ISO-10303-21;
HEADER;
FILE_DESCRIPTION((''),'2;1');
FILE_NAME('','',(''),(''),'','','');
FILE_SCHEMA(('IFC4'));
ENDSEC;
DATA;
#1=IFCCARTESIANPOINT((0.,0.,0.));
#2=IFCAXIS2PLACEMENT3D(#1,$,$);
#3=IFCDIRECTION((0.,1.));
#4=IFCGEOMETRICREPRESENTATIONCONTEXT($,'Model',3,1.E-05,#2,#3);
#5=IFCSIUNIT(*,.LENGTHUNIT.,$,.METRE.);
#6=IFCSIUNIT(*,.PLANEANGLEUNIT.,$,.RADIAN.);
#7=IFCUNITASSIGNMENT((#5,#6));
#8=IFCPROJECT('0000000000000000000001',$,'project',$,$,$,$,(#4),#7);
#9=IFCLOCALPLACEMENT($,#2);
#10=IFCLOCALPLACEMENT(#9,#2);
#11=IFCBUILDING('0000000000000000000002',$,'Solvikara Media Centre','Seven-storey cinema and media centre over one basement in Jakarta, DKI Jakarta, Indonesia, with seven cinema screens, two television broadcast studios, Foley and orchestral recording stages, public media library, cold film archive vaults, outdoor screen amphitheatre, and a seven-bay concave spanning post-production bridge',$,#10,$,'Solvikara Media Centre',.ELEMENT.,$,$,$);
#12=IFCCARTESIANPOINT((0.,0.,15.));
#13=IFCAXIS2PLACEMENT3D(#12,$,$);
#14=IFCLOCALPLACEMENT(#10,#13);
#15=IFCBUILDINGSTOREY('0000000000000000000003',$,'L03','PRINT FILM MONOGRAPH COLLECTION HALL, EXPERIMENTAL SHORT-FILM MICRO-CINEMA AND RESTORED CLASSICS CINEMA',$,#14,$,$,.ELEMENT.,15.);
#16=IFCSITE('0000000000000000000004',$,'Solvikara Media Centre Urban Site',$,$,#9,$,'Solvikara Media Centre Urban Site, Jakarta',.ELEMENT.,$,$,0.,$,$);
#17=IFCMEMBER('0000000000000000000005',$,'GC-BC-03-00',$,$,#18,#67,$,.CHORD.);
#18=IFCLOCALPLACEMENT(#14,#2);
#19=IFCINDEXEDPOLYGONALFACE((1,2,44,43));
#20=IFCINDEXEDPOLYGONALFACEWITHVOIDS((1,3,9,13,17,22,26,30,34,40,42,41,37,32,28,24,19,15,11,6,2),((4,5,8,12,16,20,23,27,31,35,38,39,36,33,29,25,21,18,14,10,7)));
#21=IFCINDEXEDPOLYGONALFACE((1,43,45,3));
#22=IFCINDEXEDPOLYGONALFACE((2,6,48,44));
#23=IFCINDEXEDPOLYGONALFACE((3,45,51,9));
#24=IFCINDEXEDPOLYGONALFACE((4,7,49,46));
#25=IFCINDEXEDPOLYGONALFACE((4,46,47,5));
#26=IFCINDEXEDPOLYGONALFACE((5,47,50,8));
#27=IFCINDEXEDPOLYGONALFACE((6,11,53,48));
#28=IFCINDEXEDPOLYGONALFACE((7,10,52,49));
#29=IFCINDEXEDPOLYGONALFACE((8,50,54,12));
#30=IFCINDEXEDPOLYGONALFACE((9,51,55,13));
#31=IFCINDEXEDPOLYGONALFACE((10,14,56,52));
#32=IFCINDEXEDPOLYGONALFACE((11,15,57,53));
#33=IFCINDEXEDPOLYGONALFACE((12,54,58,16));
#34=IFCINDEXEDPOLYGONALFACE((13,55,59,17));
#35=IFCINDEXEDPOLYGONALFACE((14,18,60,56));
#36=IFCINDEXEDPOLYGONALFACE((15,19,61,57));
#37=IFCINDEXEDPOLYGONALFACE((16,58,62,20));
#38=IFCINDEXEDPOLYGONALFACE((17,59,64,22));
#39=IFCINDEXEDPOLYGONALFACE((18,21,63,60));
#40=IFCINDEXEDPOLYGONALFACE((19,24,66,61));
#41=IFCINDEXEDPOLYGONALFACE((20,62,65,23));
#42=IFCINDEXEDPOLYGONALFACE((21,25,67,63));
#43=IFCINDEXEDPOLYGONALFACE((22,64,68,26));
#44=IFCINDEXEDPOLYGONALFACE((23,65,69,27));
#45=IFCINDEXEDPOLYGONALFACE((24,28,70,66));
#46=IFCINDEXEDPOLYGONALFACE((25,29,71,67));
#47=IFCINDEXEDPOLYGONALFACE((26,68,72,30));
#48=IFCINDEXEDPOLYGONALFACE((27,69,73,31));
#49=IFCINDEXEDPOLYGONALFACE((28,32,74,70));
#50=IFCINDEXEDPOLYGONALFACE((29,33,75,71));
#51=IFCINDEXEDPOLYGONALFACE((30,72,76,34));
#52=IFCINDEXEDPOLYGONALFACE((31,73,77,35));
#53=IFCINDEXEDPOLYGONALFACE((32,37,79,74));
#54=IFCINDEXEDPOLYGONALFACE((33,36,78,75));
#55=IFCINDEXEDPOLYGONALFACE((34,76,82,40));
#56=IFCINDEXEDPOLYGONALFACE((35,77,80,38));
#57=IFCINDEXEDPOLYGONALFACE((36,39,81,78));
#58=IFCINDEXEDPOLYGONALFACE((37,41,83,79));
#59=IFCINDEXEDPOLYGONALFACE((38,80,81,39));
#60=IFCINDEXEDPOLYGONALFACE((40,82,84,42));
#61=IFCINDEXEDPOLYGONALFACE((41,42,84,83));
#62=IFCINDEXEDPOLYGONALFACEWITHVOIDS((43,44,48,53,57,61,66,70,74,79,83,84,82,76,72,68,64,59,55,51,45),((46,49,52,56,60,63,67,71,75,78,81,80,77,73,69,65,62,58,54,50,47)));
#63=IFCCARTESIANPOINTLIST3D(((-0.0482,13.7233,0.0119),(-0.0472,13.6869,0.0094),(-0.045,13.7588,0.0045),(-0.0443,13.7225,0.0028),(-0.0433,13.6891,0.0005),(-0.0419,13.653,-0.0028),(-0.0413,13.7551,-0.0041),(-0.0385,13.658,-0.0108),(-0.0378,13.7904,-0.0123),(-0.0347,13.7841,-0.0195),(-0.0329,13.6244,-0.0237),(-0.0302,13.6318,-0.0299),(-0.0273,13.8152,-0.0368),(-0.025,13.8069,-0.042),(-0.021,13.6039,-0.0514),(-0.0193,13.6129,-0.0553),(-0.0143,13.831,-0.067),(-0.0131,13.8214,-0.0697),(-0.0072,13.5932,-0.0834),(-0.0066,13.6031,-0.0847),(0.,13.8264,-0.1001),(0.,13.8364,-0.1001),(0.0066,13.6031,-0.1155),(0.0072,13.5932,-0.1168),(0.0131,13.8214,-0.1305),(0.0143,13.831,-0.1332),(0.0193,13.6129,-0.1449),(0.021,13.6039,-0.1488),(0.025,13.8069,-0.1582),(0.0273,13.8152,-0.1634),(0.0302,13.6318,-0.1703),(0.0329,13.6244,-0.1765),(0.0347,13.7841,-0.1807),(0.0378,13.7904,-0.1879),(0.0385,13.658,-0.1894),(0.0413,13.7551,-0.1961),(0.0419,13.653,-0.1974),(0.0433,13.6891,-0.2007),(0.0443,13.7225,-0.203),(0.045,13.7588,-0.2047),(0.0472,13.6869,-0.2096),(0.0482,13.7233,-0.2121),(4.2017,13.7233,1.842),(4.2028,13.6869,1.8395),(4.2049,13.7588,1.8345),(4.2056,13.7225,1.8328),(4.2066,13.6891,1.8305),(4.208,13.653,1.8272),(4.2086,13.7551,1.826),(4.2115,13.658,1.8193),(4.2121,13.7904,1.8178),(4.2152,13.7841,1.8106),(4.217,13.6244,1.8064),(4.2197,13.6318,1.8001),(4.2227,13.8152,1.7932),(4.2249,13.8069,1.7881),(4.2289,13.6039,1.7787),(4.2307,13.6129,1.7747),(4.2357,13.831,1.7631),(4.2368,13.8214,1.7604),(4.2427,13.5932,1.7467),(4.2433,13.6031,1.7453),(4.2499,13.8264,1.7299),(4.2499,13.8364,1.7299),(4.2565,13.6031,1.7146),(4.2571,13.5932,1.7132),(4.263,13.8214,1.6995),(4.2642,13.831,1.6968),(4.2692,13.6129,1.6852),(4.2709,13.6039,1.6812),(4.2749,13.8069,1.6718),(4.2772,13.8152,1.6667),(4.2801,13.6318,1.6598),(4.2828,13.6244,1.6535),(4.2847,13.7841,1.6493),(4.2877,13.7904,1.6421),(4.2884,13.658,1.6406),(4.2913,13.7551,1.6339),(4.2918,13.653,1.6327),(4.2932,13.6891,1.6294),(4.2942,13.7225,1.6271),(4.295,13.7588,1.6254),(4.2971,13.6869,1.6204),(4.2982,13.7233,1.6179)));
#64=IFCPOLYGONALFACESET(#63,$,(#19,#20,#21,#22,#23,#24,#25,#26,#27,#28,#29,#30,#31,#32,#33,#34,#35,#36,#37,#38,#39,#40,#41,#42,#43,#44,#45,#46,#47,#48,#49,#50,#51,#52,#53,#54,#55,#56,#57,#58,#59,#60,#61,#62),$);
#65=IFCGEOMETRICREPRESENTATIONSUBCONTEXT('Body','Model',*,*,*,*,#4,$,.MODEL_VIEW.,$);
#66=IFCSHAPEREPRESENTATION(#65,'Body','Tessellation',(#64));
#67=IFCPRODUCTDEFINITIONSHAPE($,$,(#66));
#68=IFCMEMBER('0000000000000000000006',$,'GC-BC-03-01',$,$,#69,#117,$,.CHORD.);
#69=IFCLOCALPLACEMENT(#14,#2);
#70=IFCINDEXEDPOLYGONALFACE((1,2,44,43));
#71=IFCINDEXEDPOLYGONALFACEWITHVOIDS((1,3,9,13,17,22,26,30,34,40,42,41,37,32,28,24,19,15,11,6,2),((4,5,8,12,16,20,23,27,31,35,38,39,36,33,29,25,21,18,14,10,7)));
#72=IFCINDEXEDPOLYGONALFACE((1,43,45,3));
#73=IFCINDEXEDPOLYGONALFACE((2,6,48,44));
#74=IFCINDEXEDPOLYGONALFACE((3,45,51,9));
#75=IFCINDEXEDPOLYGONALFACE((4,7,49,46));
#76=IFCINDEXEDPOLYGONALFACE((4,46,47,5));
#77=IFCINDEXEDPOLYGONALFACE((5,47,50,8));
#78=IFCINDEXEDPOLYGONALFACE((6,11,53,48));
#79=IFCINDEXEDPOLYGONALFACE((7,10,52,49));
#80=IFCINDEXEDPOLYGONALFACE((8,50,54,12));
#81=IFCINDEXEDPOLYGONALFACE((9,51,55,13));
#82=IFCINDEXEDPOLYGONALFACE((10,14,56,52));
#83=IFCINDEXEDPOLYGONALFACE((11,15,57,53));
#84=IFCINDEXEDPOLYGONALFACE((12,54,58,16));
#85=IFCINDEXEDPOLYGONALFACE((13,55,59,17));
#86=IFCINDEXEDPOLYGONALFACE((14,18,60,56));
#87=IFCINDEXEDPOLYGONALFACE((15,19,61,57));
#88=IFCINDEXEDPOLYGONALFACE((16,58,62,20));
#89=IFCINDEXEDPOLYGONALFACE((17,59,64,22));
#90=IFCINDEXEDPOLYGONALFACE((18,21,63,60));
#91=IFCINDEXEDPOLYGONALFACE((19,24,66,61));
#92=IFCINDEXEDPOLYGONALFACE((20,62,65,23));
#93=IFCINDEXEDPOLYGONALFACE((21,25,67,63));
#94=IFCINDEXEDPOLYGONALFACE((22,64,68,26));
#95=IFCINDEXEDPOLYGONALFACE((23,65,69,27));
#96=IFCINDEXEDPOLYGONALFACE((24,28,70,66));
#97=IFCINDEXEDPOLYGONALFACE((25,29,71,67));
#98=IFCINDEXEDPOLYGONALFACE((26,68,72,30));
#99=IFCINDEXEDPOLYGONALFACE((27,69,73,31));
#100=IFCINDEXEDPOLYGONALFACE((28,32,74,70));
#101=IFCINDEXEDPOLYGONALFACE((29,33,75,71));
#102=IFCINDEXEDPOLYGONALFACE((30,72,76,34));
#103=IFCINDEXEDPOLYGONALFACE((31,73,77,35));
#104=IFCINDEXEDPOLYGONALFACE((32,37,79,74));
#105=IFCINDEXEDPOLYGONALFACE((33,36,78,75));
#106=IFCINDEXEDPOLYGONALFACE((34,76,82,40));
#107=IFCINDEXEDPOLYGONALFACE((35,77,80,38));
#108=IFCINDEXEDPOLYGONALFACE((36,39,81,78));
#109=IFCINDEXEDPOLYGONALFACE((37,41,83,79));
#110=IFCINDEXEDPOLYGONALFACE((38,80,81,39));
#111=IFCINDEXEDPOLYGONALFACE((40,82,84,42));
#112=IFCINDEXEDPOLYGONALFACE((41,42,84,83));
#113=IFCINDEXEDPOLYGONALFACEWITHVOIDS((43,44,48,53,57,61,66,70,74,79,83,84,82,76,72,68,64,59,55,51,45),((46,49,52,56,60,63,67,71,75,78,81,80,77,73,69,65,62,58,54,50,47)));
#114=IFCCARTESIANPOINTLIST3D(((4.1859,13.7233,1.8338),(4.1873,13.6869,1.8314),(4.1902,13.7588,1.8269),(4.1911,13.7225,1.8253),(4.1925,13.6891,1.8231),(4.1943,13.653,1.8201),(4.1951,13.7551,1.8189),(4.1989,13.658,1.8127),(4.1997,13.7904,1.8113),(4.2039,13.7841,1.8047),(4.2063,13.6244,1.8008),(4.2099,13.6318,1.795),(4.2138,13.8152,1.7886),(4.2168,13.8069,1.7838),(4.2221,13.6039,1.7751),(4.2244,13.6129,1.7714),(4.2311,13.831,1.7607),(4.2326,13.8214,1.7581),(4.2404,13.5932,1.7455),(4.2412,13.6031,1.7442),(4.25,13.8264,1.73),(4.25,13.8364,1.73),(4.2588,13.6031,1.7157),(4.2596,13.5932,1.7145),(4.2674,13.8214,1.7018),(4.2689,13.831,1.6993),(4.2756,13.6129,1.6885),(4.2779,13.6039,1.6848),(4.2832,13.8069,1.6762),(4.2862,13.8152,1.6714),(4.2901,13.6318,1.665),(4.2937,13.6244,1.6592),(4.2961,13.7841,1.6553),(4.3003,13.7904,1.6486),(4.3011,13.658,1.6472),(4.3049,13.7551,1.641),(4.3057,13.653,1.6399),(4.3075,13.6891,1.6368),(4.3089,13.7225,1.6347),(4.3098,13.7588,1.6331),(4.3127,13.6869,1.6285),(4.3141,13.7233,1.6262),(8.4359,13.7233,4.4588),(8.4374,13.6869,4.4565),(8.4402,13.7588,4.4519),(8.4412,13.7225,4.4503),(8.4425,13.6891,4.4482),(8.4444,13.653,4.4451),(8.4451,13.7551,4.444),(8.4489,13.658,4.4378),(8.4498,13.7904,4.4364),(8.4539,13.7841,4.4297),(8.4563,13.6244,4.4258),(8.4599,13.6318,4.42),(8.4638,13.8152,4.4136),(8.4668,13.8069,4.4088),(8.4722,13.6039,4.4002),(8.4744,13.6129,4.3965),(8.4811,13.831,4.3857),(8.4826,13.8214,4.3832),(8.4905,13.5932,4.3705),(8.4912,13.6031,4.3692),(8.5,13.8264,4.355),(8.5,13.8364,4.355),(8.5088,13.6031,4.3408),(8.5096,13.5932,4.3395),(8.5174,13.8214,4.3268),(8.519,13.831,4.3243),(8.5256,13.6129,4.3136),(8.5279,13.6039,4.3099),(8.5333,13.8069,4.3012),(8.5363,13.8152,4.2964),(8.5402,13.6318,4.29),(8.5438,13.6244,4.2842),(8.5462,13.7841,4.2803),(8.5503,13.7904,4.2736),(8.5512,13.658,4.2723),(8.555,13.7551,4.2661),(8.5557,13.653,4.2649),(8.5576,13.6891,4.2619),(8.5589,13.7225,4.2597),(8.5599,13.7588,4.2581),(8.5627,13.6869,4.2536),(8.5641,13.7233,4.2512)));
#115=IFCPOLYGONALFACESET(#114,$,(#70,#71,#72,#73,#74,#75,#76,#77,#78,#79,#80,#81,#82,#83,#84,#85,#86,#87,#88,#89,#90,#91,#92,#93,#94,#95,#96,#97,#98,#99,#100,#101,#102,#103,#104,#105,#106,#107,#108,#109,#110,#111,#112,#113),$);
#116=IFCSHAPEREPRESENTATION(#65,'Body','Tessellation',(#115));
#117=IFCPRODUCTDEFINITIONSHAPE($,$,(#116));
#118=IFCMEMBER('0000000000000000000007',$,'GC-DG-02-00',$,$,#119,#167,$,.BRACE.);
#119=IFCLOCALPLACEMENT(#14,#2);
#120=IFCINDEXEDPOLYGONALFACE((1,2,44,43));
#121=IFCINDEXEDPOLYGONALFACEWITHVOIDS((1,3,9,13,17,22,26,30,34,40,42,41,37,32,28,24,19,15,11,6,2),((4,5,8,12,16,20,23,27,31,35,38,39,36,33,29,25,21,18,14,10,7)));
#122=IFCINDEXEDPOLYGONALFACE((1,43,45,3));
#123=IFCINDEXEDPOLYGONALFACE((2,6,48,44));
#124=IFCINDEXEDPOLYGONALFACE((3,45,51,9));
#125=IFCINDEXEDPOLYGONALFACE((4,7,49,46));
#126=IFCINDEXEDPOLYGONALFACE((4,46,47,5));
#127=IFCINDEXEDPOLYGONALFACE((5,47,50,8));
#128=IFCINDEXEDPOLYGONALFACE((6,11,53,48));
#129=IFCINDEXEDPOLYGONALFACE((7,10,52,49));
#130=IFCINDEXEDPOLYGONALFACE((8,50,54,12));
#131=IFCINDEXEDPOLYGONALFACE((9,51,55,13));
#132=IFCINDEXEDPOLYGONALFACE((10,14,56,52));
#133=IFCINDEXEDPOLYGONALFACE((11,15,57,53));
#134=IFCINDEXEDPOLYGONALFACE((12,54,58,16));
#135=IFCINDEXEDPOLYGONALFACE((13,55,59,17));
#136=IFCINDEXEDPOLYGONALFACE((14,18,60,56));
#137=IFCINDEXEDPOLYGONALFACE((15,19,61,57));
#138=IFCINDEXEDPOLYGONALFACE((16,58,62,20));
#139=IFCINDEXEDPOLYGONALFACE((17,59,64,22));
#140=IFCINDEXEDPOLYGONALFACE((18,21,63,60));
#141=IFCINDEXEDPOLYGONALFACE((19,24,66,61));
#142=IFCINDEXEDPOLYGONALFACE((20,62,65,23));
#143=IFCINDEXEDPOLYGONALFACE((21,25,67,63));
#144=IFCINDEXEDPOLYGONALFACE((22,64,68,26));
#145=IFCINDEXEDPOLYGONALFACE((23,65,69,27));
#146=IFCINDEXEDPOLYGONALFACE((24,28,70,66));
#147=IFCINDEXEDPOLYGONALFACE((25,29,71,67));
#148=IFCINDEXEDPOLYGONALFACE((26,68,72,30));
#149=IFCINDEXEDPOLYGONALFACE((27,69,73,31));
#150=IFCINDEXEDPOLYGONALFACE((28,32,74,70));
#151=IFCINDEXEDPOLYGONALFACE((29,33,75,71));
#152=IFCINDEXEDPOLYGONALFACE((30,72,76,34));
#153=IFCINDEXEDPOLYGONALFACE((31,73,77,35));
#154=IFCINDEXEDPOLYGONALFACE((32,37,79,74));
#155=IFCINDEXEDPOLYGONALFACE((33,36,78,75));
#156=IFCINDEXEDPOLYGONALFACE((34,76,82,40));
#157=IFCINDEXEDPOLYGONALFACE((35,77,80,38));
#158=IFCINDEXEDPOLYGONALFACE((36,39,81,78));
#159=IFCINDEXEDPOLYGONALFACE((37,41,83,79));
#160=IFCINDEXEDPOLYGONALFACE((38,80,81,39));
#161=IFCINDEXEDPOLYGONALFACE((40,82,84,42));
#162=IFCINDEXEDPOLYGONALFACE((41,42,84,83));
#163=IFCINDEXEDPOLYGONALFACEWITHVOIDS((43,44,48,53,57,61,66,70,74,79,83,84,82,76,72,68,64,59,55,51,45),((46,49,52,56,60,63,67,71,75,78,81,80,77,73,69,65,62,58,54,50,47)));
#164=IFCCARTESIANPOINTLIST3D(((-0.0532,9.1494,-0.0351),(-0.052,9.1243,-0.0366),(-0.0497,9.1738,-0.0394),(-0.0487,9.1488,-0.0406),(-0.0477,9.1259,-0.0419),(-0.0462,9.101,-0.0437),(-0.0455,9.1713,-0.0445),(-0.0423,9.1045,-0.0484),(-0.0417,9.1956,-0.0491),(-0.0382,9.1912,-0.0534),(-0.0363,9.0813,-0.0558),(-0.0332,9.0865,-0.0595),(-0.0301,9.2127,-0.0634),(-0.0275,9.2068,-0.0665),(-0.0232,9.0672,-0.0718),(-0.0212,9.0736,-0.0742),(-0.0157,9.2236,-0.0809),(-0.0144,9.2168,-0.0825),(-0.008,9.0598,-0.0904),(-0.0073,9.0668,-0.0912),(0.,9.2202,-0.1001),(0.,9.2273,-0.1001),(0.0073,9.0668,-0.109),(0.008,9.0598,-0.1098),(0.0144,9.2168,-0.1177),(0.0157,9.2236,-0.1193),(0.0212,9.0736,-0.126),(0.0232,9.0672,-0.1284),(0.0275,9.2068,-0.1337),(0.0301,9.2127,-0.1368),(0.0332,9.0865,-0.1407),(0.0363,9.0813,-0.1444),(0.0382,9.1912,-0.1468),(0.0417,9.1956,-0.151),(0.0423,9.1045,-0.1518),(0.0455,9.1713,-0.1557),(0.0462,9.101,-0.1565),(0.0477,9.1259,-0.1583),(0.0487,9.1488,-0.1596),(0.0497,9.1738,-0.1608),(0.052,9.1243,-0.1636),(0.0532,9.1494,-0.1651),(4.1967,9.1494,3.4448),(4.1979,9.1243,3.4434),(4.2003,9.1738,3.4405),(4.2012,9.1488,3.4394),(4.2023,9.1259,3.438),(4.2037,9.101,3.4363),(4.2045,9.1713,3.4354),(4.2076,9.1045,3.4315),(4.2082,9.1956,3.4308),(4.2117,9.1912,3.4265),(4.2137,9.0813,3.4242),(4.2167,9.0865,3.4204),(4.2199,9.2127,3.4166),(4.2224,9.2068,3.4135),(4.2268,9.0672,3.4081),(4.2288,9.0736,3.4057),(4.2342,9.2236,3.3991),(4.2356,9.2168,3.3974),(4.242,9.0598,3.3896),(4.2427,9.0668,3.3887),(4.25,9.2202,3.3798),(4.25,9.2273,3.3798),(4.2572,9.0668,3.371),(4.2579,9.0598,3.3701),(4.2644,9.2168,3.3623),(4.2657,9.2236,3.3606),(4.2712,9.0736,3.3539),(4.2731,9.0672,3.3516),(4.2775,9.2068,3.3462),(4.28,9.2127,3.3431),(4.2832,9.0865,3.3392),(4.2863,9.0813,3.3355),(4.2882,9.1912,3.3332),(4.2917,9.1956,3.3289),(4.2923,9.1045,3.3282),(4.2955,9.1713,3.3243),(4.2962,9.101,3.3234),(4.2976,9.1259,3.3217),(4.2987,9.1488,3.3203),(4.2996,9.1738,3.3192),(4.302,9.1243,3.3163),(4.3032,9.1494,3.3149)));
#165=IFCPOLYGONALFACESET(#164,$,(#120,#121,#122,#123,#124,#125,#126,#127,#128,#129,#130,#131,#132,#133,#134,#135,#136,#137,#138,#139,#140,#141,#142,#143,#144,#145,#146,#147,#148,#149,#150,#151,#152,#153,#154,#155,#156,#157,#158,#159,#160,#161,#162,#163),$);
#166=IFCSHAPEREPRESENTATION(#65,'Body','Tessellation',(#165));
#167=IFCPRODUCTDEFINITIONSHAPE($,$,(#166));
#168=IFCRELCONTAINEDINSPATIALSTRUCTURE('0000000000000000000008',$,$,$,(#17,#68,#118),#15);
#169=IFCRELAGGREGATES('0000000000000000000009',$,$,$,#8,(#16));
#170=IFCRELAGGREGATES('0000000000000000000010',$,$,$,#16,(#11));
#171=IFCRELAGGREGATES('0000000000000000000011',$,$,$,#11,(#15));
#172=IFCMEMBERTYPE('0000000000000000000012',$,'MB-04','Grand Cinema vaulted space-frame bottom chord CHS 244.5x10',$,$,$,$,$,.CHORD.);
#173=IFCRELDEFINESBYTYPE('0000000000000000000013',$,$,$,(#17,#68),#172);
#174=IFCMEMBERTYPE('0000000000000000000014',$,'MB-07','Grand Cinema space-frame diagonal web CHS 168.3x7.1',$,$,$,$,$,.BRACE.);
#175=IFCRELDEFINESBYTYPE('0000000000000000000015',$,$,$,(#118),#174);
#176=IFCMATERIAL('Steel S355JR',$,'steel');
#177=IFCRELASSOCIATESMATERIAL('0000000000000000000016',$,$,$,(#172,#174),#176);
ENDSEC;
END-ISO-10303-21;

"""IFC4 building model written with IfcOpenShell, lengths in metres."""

from ifc_helpers import new_model, si_unit, direction, frame, origin, origin_2d, place, context, subcontext, project, spatial, hollow_circle, extrude, material, material_profile, profile_set, type_object, element, save


model = new_model("IFC4")

# Units and contexts
model_context = context("Model", 3, precision=1e-05, world=origin(), true_north=direction((0.0, 1.0)))
body_context = subcontext(model_context, "Body", "Model", "MODEL_VIEW")
ifc_project = project(units=[si_unit("LENGTHUNIT", "METRE"), si_unit("PLANEANGLEUNIT", "RADIAN")], contexts=[model_context])

# Site, building, storey
site_placement = place(None, origin())
site = spatial("IfcSite", under=ifc_project, at=site_placement, Name="Solvikara Media Centre Urban Site", LongName="Solvikara Media Centre Urban Site, Jakarta", CompositionType="ELEMENT", RefElevation=0.0)
building_placement = place(site_placement, origin())
building = spatial("IfcBuilding", under=site, at=building_placement, Name="Solvikara Media Centre", Description="Seven-storey cinema and media centre over one basement in Jakarta, DKI Jakarta, Indonesia, with seven cinema screens, two television broadcast studios, Foley and orchestral recording stages, public media library, cold film archive vaults, outdoor screen amphitheatre, and a seven-bay concave spanning post-production bridge", LongName="Solvikara Media Centre", CompositionType="ELEMENT")
storey_placement = place(building_placement, frame((0.0, 0.0, 15.0)))
storey = spatial("IfcBuildingStorey", under=building, at=storey_placement, Name="L03", Description="PRINT FILM MONOGRAPH COLLECTION HALL, EXPERIMENTAL SHORT-FILM MICRO-CINEMA AND RESTORED CLASSICS CINEMA", CompositionType="ELEMENT", Elevation=15.0)

# Shared definitions
ifc_material_1 = material(Name="Steel S355JR", Category="steel")

# Members
ifc_material_profile_1 = material_profile(ifc_material_1, hollow_circle(Radius=0.1223, WallThickness=0.01, at=origin_2d()), Name="CHS 244.5x10")
ifc_profile_set_1 = profile_set([ifc_material_profile_1], Name="Steel S355JR")
member_type_1 = type_object("IfcMemberType", Name="MB-04", Description="Grand Cinema vaulted space-frame bottom chord CHS 244.5x10", PredefinedType="CHORD", material=ifc_profile_set_1)
member_1_placement = place(storey_placement, frame((0.0, 13.7141, -0.1001), z_axis=(0.918467, 0.0, 0.395498), x_axis=(0.0, 1.0, 0.0)))
element("IfcMember", 1, at=member_1_placement, inside=storey, type_object=member_type_1, Name="GC-BC-03-00", PredefinedType="CHORD", context=body_context, shape_type="SweptSolid", body=[
    extrude(hollow_circle(Radius=0.1223, WallThickness=0.01, at=origin_2d()), origin(), (0.0, 0.0, 1.0), 4.6272),
])
member_2_placement = place(storey_placement, frame((4.25, 13.7141, 1.73), z_axis=(0.850798, 0.0, 0.525493), x_axis=(0.0, 1.0, 0.0)))
element("IfcMember", 2, at=member_2_placement, inside=storey, type_object=member_type_1, Name="GC-BC-03-01", PredefinedType="CHORD", context=body_context, shape_type="SweptSolid", body=[
    extrude(hollow_circle(Radius=0.1223, WallThickness=0.01, at=origin_2d()), origin(), (0.0, 0.0, 1.0), 4.9954),
])
ifc_material_profile_2 = material_profile(ifc_material_1, hollow_circle(Radius=0.0842, WallThickness=0.0071, at=origin_2d()), Name="CHS 168.3x7.1")
ifc_profile_set_2 = profile_set([ifc_material_profile_2], Name="Steel S355JR")
member_type_2 = type_object("IfcMemberType", Name="MB-07", Description="Grand Cinema space-frame diagonal web CHS 168.3x7.1", PredefinedType="BRACE", material=ifc_profile_set_2)
member_3_placement = place(storey_placement, frame((0.0, 9.1431, -0.1001), z_axis=(0.773716, 0.0, 0.633533), x_axis=(0.0, 1.0, 0.0)))
element("IfcMember", 3, at=member_3_placement, inside=storey, type_object=member_type_2, Name="GC-DG-02-00", PredefinedType="BRACE", context=body_context, shape_type="SweptSolid", body=[
    extrude(hollow_circle(Radius=0.0842, WallThickness=0.0071, at=origin_2d()), origin(), (0.0, 0.0, 1.0), 5.4929),
])

save(model, "model.ifc")
